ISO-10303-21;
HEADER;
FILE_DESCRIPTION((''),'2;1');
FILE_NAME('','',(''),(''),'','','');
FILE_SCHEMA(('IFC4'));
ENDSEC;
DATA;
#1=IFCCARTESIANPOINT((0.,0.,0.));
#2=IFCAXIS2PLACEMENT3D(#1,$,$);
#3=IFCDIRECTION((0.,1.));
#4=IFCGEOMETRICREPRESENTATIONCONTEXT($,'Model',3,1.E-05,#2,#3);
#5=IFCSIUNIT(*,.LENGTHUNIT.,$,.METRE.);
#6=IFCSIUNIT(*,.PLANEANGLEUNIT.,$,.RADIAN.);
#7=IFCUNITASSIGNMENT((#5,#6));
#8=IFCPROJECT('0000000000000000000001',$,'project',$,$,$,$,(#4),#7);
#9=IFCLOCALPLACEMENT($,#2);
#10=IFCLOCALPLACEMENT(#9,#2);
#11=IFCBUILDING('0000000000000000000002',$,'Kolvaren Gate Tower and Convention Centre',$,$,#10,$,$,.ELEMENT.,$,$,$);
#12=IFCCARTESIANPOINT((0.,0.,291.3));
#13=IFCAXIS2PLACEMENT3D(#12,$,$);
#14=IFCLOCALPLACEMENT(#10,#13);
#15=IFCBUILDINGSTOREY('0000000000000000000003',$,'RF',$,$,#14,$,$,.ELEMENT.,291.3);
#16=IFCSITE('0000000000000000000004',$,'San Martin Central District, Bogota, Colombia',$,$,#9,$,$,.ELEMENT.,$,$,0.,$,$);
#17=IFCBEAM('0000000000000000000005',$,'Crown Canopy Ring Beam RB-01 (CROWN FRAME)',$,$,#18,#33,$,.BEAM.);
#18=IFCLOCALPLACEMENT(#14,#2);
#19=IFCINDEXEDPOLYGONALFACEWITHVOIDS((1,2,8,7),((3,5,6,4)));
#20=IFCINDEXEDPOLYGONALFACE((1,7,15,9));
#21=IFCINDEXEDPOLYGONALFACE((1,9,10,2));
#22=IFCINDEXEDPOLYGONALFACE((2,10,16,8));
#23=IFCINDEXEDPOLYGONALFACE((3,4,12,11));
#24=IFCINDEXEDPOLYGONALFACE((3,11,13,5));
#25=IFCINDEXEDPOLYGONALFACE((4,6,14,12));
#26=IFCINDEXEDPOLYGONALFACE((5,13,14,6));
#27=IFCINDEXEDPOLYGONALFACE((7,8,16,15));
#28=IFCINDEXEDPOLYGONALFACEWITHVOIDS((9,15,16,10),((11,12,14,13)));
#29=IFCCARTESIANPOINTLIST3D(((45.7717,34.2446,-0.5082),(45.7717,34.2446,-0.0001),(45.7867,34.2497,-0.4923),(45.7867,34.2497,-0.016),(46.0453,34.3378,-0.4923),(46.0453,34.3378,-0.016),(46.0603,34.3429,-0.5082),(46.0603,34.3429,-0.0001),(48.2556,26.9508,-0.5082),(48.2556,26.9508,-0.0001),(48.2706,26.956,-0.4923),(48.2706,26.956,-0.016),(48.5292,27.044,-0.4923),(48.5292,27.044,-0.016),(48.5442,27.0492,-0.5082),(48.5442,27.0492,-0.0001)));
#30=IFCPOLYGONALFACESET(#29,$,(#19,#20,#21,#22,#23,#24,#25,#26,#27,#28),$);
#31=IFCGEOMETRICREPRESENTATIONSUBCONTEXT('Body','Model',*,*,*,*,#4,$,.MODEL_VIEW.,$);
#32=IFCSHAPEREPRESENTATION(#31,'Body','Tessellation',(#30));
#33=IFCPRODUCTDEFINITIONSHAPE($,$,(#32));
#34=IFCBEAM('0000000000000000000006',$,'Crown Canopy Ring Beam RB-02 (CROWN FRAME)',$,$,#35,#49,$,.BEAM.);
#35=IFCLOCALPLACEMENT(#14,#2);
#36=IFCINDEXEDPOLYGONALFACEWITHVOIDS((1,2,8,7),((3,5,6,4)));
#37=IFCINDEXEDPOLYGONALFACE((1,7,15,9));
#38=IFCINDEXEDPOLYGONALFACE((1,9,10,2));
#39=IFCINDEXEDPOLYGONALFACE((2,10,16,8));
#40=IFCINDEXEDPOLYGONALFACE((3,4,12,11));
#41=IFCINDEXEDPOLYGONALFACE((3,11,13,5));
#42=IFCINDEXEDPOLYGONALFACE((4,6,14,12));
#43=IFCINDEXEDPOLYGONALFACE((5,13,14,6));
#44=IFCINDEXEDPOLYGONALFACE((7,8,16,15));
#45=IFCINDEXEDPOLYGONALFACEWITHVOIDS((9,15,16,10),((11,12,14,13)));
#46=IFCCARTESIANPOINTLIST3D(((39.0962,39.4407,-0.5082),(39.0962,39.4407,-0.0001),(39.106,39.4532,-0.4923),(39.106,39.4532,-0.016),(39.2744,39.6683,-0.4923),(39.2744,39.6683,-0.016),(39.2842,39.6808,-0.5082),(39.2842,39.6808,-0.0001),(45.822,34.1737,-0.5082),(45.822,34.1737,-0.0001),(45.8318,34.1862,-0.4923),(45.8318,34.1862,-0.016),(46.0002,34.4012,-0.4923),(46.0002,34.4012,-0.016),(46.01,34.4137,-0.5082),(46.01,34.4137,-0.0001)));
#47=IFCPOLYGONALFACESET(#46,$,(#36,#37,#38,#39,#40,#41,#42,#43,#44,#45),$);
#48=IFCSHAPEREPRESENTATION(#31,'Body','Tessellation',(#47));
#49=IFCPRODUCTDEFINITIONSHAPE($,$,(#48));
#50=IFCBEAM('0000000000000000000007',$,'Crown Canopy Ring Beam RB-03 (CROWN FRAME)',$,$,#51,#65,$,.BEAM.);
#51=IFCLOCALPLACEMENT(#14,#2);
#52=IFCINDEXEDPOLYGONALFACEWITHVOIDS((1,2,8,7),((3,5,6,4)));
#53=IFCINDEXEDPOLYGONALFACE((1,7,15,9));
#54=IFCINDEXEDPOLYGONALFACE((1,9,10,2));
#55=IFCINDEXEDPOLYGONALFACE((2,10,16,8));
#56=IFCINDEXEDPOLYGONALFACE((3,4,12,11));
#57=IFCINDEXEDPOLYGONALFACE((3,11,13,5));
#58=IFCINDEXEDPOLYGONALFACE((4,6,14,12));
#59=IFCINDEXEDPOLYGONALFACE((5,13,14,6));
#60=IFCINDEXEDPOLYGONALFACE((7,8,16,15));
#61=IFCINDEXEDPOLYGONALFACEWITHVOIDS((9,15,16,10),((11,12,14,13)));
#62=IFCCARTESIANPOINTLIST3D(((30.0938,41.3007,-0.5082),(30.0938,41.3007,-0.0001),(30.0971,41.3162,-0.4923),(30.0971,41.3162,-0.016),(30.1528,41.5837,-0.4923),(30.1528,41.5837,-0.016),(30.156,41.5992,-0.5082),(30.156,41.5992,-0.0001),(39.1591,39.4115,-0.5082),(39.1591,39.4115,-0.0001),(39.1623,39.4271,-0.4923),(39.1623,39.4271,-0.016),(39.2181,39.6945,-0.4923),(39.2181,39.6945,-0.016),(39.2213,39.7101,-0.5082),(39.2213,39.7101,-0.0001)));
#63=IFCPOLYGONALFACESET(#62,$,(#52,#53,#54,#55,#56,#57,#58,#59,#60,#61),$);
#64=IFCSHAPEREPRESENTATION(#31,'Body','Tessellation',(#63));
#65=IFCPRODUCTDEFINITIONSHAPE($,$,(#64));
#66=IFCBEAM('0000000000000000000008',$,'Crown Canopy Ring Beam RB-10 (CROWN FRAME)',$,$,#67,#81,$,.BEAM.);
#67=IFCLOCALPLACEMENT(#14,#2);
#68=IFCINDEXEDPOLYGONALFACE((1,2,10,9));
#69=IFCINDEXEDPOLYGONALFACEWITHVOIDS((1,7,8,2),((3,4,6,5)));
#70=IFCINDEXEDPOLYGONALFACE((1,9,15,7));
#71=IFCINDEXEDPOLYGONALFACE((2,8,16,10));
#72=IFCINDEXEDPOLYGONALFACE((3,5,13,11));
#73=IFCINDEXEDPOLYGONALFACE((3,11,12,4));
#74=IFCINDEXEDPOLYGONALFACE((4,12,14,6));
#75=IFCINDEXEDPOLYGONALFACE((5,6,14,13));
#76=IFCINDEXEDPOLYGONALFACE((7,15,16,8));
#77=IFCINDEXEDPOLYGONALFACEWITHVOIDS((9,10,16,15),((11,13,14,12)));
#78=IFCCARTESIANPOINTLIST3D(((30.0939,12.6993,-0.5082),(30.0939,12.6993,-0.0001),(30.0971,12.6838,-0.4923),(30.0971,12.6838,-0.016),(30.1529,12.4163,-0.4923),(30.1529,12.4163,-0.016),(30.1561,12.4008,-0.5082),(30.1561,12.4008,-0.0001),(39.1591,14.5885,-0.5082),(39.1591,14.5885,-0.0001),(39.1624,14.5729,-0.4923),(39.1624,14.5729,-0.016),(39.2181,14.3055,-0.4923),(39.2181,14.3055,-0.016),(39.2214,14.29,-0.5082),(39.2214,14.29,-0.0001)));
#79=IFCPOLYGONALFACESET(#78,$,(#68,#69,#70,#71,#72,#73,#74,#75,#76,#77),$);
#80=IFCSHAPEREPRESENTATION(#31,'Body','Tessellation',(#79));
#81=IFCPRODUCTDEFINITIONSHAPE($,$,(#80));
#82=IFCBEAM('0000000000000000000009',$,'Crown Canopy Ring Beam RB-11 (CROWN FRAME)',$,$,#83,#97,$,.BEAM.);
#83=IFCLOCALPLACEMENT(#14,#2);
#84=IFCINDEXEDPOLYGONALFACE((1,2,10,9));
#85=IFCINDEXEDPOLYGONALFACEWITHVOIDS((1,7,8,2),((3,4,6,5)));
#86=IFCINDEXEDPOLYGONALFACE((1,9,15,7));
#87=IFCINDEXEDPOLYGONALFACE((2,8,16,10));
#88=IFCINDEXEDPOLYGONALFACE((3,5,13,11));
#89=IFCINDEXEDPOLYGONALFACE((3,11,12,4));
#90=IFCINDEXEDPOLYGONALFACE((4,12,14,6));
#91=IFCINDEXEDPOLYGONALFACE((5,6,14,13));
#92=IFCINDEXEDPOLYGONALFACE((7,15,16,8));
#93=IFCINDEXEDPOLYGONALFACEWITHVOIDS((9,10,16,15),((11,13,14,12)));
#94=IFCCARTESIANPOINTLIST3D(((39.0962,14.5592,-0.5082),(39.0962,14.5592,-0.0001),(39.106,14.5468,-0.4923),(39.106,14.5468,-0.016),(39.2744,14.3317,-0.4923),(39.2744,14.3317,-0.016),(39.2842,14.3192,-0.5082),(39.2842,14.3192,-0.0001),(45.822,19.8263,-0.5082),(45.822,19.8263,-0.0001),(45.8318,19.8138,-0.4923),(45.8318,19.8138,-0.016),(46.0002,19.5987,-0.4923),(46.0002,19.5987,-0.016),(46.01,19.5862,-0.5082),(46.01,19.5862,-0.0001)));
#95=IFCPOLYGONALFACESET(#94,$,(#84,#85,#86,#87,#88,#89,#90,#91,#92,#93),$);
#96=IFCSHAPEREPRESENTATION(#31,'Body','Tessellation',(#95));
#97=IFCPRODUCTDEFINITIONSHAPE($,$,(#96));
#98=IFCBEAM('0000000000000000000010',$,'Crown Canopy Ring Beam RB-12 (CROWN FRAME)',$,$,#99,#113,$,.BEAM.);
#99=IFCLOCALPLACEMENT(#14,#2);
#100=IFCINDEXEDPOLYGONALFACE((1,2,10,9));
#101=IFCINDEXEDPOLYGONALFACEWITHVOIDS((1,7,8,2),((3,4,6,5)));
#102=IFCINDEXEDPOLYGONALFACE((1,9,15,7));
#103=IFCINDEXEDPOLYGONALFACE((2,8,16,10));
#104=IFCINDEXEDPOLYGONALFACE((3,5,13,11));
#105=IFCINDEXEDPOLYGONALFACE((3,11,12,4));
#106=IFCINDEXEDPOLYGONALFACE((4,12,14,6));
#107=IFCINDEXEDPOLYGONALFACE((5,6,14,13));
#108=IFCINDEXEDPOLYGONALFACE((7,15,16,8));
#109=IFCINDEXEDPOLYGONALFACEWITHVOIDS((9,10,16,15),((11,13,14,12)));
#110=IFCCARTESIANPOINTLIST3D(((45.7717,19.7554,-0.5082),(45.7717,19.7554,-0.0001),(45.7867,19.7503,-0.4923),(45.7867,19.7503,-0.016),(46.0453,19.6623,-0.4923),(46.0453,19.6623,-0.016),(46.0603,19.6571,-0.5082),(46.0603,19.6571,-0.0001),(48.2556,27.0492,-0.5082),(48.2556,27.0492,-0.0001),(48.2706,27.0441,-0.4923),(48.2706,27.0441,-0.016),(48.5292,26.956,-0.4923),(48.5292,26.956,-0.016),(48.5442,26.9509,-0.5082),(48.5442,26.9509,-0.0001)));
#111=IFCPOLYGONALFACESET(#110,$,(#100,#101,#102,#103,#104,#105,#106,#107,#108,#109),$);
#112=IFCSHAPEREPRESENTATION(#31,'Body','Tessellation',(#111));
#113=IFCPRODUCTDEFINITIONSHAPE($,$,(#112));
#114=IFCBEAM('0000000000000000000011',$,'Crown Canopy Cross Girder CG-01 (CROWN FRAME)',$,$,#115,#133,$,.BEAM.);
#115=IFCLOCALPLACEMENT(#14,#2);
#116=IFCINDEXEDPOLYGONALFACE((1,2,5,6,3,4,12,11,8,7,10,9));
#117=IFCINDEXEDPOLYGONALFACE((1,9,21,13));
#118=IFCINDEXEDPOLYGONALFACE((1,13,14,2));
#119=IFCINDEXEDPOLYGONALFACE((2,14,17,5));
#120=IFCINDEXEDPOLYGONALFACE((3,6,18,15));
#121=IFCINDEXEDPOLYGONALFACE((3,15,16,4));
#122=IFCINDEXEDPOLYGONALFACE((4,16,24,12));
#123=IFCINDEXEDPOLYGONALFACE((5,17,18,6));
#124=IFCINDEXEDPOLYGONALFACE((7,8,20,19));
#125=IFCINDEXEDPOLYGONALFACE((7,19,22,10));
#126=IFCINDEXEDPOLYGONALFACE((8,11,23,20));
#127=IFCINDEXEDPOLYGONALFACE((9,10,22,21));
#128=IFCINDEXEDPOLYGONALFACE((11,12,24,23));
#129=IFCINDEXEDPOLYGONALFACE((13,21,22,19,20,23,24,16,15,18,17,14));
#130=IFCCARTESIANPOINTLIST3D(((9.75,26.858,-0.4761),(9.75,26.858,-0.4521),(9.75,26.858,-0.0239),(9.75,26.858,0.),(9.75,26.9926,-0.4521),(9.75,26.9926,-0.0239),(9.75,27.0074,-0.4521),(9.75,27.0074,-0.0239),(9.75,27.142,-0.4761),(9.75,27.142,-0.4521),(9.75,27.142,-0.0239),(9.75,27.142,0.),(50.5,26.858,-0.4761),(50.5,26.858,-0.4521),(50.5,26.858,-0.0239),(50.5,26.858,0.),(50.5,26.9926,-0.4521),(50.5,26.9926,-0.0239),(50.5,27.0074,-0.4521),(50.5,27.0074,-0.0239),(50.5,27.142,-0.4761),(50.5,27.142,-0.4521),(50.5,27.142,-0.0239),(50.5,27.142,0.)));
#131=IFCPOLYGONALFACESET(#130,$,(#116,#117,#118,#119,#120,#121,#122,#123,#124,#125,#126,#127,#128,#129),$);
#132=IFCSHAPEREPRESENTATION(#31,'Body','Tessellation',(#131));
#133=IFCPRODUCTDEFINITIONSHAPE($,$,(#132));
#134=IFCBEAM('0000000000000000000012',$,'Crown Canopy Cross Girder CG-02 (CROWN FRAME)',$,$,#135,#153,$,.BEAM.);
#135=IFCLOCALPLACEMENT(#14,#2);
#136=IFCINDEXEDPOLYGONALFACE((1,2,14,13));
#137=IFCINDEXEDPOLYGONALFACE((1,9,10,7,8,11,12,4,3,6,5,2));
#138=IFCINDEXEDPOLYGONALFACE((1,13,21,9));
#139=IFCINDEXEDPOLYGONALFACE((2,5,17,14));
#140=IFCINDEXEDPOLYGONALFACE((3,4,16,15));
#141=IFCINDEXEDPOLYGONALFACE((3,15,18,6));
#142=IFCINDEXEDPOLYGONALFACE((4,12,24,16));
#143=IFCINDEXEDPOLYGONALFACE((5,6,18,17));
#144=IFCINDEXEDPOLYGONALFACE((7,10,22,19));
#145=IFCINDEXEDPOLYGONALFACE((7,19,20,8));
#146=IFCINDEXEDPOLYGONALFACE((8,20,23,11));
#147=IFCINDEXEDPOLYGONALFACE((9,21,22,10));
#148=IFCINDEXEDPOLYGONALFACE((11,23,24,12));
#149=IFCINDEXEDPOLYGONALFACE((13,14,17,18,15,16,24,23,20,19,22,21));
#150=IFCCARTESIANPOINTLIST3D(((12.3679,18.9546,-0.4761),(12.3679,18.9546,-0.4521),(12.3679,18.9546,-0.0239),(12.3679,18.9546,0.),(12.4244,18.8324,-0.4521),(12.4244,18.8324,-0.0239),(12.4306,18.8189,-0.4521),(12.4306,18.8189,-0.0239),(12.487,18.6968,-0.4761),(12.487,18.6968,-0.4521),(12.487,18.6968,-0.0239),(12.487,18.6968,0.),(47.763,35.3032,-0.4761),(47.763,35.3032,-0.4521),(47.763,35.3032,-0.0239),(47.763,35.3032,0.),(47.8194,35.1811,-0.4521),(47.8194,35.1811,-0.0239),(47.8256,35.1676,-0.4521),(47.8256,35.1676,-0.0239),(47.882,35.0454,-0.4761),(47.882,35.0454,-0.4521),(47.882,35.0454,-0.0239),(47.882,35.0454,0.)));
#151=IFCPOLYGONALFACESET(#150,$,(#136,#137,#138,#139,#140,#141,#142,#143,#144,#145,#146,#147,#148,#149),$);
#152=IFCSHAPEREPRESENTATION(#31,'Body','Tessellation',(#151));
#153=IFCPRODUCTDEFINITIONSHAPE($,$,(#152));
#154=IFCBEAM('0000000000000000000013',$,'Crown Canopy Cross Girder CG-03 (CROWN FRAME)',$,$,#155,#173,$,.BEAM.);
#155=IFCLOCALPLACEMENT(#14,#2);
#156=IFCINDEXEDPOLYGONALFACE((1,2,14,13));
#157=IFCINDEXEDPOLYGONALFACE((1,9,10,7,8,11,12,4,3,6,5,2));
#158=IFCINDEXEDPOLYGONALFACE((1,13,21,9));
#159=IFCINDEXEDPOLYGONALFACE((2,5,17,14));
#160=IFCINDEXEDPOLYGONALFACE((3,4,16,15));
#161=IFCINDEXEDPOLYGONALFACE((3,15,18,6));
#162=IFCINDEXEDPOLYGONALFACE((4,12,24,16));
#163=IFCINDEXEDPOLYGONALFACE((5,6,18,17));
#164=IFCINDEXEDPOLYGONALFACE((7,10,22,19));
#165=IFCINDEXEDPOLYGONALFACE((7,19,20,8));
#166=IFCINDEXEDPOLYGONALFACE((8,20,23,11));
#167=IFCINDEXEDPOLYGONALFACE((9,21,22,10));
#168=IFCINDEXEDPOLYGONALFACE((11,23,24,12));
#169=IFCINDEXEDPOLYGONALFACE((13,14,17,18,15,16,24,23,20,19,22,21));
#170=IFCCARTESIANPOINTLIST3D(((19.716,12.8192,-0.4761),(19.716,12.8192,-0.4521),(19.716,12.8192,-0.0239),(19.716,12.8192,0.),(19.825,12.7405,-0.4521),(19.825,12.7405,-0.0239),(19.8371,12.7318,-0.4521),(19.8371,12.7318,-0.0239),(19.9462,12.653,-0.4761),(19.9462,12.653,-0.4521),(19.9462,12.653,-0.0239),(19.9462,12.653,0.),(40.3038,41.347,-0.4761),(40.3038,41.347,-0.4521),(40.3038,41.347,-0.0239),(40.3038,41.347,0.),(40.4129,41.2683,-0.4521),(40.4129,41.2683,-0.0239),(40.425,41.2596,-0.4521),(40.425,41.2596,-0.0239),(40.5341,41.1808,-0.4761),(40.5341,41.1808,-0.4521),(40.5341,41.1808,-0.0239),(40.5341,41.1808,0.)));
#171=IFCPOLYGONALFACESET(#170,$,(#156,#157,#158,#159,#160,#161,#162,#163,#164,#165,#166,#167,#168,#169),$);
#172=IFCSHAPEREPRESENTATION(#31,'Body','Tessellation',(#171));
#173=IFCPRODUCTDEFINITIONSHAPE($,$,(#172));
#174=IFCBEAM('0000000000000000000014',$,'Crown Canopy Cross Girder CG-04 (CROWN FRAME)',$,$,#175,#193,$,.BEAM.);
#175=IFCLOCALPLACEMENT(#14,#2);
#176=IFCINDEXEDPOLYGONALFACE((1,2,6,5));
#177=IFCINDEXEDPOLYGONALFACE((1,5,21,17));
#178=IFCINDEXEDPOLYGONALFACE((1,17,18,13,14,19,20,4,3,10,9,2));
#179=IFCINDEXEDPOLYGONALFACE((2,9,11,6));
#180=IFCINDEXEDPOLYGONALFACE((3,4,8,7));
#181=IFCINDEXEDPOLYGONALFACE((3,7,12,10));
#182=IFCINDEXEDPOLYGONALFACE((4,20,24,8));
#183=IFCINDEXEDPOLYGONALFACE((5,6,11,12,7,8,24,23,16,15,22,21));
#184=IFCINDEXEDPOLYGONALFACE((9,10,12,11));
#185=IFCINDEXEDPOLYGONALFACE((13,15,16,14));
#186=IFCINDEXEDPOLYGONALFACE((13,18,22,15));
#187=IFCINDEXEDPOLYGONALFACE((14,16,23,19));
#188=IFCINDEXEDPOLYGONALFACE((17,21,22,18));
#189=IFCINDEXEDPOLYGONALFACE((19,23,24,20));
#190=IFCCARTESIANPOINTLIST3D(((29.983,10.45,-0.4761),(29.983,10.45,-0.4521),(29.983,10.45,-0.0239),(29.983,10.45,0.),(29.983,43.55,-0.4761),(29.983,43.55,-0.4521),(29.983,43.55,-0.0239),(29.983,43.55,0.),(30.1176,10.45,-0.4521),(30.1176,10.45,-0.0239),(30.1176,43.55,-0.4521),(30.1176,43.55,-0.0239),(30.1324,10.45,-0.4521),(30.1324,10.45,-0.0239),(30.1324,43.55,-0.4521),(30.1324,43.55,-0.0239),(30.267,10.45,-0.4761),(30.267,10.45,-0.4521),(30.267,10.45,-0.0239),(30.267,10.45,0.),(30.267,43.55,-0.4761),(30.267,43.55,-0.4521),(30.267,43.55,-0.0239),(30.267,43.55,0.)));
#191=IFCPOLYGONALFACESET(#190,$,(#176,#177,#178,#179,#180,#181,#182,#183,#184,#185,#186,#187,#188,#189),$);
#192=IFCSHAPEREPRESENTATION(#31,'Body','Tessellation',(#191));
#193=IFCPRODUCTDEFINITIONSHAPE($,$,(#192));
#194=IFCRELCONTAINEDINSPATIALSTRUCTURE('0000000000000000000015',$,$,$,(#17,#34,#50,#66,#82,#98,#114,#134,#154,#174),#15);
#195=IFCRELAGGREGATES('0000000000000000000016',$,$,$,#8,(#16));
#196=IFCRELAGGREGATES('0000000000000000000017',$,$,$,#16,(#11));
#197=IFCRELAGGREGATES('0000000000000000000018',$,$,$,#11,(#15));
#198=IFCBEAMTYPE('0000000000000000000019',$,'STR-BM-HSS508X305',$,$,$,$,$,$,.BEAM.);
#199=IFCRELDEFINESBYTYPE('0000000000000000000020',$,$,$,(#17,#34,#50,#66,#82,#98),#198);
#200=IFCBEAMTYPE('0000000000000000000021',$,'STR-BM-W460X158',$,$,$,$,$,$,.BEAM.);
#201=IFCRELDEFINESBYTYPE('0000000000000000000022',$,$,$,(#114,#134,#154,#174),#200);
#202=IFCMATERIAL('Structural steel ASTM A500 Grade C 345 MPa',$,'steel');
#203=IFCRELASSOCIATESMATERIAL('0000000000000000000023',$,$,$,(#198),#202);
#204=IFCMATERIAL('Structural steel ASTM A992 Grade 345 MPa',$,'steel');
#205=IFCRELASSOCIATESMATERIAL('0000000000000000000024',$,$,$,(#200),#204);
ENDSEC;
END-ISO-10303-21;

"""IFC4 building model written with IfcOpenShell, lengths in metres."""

from ifc_helpers import new_model, si_unit, direction, frame, origin, origin_2d, place, context, subcontext, project, spatial, hollow_rectangle, i_section, extrude, material, material_profile, profile_set, type_object, element, save


model = new_model("IFC4")

# Units and contexts
model_context = context("Model", 3, precision=1e-05, world=origin(), true_north=direction((0.0, 1.0)))
body_context = subcontext(model_context, "Body", "Model", "MODEL_VIEW")
ifc_project = project(units=[si_unit("LENGTHUNIT", "METRE"), si_unit("PLANEANGLEUNIT", "RADIAN")], contexts=[model_context])

# Site, building, storey
site_placement = place(None, origin())
site = spatial("IfcSite", under=ifc_project, at=site_placement, Name="San Martin Central District, Bogota, Colombia", CompositionType="ELEMENT", RefElevation=0.0)
building_placement = place(site_placement, origin())
building = spatial("IfcBuilding", under=site, at=building_placement, Name="Kolvaren Gate Tower and Convention Centre", CompositionType="ELEMENT")
storey_placement = place(building_placement, frame((0.0, 0.0, 291.3)))
storey = spatial("IfcBuildingStorey", under=building, at=storey_placement, Name="RF", CompositionType="ELEMENT", Elevation=291.3)

# Beams
ifc_material_1 = material(Name="Structural steel ASTM A500 Grade C 345 MPa", Category="steel")
ifc_material_profile_1 = material_profile(ifc_material_1, hollow_rectangle(XDim=0.3049, YDim=0.5081, WallThickness=0.0159, at=origin_2d()), Name="HSS508X305X15.9")
ifc_profile_set_1 = profile_set([ifc_material_profile_1], Name="Structural steel ASTM A500 Grade C 345 MPa")
beam_type_1 = type_object("IfcBeamType", Name="STR-BM-HSS508X305", PredefinedType="BEAM", material=ifc_profile_set_1)
beam_1_placement = place(storey_placement, frame((48.3999, 27.0, -0.2542), z_axis=(-0.322371, 0.946613, 0.0), x_axis=(-0.946613, -0.322371, 0.0)))
element("IfcBeam", 1, at=beam_1_placement, inside=storey, type_object=beam_type_1, Name="Crown Canopy Ring Beam RB-01 (CROWN FRAME)", PredefinedType="BEAM", context=body_context, shape_type="SweptSolid", body=[
    extrude(hollow_rectangle(XDim=0.3049, YDim=0.5081, WallThickness=0.0159, at=origin_2d()), origin(), (0.0, 0.0, 1.0), 7.7051),
])
beam_2_placement = place(storey_placement, frame((45.916, 34.2937, -0.2542), z_axis=(-0.787312, 0.616555, 0.0), x_axis=(-0.616555, -0.787312, 0.0)))
element("IfcBeam", 2, at=beam_2_placement, inside=storey, type_object=beam_type_1, Name="Crown Canopy Ring Beam RB-02 (CROWN FRAME)", PredefinedType="BEAM", context=body_context, shape_type="SweptSolid", body=[
    extrude(hollow_rectangle(XDim=0.3049, YDim=0.5081, WallThickness=0.0159, at=origin_2d()), origin(), (0.0, 0.0, 1.0), 8.5427),
])
for number, where, z_axis, x_axis, name in (
    (3, (39.1902, 39.5608, -0.2542), (-0.978968, 0.204014, 0.0), (-0.204014, -0.978968, 0.0), "Crown Canopy Ring Beam RB-03 (CROWN FRAME)"),
    (4, (30.125, 12.55, -0.2542), (0.978968, 0.204014, 0.0), (-0.204014, 0.978968, 0.0), "Crown Canopy Ring Beam RB-10 (CROWN FRAME)"),
):
    element("IfcBeam", number, at=place(storey_placement, frame(where, z_axis=z_axis, x_axis=x_axis)), inside=storey, type_object=beam_type_1, Name=name, PredefinedType="BEAM", context=body_context, shape_type="SweptSolid", body=[
        extrude(hollow_rectangle(XDim=0.3049, YDim=0.5081, WallThickness=0.0159, at=origin_2d()), origin(), (0.0, 0.0, 1.0), 9.26),
    ])
beam_3_placement = place(storey_placement, frame((39.1902, 14.4392, -0.2542), z_axis=(0.787312, 0.616555, 0.0), x_axis=(-0.616555, 0.787312, 0.0)))
element("IfcBeam", 5, at=beam_3_placement, inside=storey, type_object=beam_type_1, Name="Crown Canopy Ring Beam RB-11 (CROWN FRAME)", PredefinedType="BEAM", context=body_context, shape_type="SweptSolid", body=[
    extrude(hollow_rectangle(XDim=0.3049, YDim=0.5081, WallThickness=0.0159, at=origin_2d()), origin(), (0.0, 0.0, 1.0), 8.5427),
])
beam_4_placement = place(storey_placement, frame((45.916, 19.7063, -0.2542), z_axis=(0.322371, 0.946613, 0.0), x_axis=(-0.946613, 0.322371, 0.0)))
element("IfcBeam", 6, at=beam_4_placement, inside=storey, type_object=beam_type_1, Name="Crown Canopy Ring Beam RB-12 (CROWN FRAME)", PredefinedType="BEAM", context=body_context, shape_type="SweptSolid", body=[
    extrude(hollow_rectangle(XDim=0.3049, YDim=0.5081, WallThickness=0.0159, at=origin_2d()), origin(), (0.0, 0.0, 1.0), 7.7051),
])
ifc_material_2 = material(Name="Structural steel ASTM A992 Grade 345 MPa", Category="steel")
ifc_material_profile_2 = material_profile(ifc_material_2, i_section(OverallWidth=0.2839, OverallDepth=0.4761, WebThickness=0.0149, FlangeThickness=0.0239, at=origin_2d()), Name="W460X158")
ifc_profile_set_2 = profile_set([ifc_material_profile_2], Name="Structural steel ASTM A992 Grade 345 MPa")
beam_type_2 = type_object("IfcBeamType", Name="STR-BM-W460X158", PredefinedType="BEAM", material=ifc_profile_set_2)
beam_5_placement = place(storey_placement, frame((50.5, 27.0, -0.238), z_axis=(-1.0, 0.0, 0.0), x_axis=(0.0, -1.0, 0.0)))
element("IfcBeam", 7, at=beam_5_placement, inside=storey, type_object=beam_type_2, Name="Crown Canopy Cross Girder CG-01 (CROWN FRAME)", PredefinedType="BEAM", context=body_context, shape_type="SweptSolid", body=[
    extrude(i_section(OverallWidth=0.2839, OverallDepth=0.4761, WebThickness=0.0149, FlangeThickness=0.0239, at=origin_2d()), origin(), (0.0, 0.0, 1.0), 40.75),
])
beam_6_placement = place(storey_placement, frame((47.8225, 35.1743, -0.238), z_axis=(-0.907838, -0.419322, 0.0), x_axis=(0.419322, -0.907838, 0.0)))
element("IfcBeam", 8, at=beam_6_placement, inside=storey, type_object=beam_type_2, Name="Crown Canopy Cross Girder CG-02 (CROWN FRAME)", PredefinedType="BEAM", context=body_context, shape_type="SweptSolid", body=[
    extrude(i_section(OverallWidth=0.2839, OverallDepth=0.4761, WebThickness=0.0149, FlangeThickness=0.0239, at=origin_2d()), origin(), (0.0, 0.0, 1.0), 38.9883),
])
beam_7_placement = place(storey_placement, frame((40.4189, 41.2639, -0.238), z_axis=(-0.5852, -0.810889, 0.0), x_axis=(0.810889, -0.5852, 0.0)))
element("IfcBeam", 9, at=beam_7_placement, inside=storey, type_object=beam_type_2, Name="Crown Canopy Cross Girder CG-03 (CROWN FRAME)", PredefinedType="BEAM", context=body_context, shape_type="SweptSolid", body=[
    extrude(i_section(OverallWidth=0.2839, OverallDepth=0.4761, WebThickness=0.0149, FlangeThickness=0.0239, at=origin_2d()), origin(), (0.0, 0.0, 1.0), 35.1809),
])
beam_8_placement = place(storey_placement, frame((30.125, 43.55, -0.238), z_axis=(0.0, -1.0, 0.0), x_axis=(1.0, 0.0, 0.0)))
element("IfcBeam", 10, at=beam_8_placement, inside=storey, type_object=beam_type_2, Name="Crown Canopy Cross Girder CG-04 (CROWN FRAME)", PredefinedType="BEAM", context=body_context, shape_type="SweptSolid", body=[
    extrude(i_section(OverallWidth=0.2839, OverallDepth=0.4761, WebThickness=0.0149, FlangeThickness=0.0239, at=origin_2d()), origin(), (0.0, 0.0, 1.0), 33.1001),
])

save(model, "model.ifc")
